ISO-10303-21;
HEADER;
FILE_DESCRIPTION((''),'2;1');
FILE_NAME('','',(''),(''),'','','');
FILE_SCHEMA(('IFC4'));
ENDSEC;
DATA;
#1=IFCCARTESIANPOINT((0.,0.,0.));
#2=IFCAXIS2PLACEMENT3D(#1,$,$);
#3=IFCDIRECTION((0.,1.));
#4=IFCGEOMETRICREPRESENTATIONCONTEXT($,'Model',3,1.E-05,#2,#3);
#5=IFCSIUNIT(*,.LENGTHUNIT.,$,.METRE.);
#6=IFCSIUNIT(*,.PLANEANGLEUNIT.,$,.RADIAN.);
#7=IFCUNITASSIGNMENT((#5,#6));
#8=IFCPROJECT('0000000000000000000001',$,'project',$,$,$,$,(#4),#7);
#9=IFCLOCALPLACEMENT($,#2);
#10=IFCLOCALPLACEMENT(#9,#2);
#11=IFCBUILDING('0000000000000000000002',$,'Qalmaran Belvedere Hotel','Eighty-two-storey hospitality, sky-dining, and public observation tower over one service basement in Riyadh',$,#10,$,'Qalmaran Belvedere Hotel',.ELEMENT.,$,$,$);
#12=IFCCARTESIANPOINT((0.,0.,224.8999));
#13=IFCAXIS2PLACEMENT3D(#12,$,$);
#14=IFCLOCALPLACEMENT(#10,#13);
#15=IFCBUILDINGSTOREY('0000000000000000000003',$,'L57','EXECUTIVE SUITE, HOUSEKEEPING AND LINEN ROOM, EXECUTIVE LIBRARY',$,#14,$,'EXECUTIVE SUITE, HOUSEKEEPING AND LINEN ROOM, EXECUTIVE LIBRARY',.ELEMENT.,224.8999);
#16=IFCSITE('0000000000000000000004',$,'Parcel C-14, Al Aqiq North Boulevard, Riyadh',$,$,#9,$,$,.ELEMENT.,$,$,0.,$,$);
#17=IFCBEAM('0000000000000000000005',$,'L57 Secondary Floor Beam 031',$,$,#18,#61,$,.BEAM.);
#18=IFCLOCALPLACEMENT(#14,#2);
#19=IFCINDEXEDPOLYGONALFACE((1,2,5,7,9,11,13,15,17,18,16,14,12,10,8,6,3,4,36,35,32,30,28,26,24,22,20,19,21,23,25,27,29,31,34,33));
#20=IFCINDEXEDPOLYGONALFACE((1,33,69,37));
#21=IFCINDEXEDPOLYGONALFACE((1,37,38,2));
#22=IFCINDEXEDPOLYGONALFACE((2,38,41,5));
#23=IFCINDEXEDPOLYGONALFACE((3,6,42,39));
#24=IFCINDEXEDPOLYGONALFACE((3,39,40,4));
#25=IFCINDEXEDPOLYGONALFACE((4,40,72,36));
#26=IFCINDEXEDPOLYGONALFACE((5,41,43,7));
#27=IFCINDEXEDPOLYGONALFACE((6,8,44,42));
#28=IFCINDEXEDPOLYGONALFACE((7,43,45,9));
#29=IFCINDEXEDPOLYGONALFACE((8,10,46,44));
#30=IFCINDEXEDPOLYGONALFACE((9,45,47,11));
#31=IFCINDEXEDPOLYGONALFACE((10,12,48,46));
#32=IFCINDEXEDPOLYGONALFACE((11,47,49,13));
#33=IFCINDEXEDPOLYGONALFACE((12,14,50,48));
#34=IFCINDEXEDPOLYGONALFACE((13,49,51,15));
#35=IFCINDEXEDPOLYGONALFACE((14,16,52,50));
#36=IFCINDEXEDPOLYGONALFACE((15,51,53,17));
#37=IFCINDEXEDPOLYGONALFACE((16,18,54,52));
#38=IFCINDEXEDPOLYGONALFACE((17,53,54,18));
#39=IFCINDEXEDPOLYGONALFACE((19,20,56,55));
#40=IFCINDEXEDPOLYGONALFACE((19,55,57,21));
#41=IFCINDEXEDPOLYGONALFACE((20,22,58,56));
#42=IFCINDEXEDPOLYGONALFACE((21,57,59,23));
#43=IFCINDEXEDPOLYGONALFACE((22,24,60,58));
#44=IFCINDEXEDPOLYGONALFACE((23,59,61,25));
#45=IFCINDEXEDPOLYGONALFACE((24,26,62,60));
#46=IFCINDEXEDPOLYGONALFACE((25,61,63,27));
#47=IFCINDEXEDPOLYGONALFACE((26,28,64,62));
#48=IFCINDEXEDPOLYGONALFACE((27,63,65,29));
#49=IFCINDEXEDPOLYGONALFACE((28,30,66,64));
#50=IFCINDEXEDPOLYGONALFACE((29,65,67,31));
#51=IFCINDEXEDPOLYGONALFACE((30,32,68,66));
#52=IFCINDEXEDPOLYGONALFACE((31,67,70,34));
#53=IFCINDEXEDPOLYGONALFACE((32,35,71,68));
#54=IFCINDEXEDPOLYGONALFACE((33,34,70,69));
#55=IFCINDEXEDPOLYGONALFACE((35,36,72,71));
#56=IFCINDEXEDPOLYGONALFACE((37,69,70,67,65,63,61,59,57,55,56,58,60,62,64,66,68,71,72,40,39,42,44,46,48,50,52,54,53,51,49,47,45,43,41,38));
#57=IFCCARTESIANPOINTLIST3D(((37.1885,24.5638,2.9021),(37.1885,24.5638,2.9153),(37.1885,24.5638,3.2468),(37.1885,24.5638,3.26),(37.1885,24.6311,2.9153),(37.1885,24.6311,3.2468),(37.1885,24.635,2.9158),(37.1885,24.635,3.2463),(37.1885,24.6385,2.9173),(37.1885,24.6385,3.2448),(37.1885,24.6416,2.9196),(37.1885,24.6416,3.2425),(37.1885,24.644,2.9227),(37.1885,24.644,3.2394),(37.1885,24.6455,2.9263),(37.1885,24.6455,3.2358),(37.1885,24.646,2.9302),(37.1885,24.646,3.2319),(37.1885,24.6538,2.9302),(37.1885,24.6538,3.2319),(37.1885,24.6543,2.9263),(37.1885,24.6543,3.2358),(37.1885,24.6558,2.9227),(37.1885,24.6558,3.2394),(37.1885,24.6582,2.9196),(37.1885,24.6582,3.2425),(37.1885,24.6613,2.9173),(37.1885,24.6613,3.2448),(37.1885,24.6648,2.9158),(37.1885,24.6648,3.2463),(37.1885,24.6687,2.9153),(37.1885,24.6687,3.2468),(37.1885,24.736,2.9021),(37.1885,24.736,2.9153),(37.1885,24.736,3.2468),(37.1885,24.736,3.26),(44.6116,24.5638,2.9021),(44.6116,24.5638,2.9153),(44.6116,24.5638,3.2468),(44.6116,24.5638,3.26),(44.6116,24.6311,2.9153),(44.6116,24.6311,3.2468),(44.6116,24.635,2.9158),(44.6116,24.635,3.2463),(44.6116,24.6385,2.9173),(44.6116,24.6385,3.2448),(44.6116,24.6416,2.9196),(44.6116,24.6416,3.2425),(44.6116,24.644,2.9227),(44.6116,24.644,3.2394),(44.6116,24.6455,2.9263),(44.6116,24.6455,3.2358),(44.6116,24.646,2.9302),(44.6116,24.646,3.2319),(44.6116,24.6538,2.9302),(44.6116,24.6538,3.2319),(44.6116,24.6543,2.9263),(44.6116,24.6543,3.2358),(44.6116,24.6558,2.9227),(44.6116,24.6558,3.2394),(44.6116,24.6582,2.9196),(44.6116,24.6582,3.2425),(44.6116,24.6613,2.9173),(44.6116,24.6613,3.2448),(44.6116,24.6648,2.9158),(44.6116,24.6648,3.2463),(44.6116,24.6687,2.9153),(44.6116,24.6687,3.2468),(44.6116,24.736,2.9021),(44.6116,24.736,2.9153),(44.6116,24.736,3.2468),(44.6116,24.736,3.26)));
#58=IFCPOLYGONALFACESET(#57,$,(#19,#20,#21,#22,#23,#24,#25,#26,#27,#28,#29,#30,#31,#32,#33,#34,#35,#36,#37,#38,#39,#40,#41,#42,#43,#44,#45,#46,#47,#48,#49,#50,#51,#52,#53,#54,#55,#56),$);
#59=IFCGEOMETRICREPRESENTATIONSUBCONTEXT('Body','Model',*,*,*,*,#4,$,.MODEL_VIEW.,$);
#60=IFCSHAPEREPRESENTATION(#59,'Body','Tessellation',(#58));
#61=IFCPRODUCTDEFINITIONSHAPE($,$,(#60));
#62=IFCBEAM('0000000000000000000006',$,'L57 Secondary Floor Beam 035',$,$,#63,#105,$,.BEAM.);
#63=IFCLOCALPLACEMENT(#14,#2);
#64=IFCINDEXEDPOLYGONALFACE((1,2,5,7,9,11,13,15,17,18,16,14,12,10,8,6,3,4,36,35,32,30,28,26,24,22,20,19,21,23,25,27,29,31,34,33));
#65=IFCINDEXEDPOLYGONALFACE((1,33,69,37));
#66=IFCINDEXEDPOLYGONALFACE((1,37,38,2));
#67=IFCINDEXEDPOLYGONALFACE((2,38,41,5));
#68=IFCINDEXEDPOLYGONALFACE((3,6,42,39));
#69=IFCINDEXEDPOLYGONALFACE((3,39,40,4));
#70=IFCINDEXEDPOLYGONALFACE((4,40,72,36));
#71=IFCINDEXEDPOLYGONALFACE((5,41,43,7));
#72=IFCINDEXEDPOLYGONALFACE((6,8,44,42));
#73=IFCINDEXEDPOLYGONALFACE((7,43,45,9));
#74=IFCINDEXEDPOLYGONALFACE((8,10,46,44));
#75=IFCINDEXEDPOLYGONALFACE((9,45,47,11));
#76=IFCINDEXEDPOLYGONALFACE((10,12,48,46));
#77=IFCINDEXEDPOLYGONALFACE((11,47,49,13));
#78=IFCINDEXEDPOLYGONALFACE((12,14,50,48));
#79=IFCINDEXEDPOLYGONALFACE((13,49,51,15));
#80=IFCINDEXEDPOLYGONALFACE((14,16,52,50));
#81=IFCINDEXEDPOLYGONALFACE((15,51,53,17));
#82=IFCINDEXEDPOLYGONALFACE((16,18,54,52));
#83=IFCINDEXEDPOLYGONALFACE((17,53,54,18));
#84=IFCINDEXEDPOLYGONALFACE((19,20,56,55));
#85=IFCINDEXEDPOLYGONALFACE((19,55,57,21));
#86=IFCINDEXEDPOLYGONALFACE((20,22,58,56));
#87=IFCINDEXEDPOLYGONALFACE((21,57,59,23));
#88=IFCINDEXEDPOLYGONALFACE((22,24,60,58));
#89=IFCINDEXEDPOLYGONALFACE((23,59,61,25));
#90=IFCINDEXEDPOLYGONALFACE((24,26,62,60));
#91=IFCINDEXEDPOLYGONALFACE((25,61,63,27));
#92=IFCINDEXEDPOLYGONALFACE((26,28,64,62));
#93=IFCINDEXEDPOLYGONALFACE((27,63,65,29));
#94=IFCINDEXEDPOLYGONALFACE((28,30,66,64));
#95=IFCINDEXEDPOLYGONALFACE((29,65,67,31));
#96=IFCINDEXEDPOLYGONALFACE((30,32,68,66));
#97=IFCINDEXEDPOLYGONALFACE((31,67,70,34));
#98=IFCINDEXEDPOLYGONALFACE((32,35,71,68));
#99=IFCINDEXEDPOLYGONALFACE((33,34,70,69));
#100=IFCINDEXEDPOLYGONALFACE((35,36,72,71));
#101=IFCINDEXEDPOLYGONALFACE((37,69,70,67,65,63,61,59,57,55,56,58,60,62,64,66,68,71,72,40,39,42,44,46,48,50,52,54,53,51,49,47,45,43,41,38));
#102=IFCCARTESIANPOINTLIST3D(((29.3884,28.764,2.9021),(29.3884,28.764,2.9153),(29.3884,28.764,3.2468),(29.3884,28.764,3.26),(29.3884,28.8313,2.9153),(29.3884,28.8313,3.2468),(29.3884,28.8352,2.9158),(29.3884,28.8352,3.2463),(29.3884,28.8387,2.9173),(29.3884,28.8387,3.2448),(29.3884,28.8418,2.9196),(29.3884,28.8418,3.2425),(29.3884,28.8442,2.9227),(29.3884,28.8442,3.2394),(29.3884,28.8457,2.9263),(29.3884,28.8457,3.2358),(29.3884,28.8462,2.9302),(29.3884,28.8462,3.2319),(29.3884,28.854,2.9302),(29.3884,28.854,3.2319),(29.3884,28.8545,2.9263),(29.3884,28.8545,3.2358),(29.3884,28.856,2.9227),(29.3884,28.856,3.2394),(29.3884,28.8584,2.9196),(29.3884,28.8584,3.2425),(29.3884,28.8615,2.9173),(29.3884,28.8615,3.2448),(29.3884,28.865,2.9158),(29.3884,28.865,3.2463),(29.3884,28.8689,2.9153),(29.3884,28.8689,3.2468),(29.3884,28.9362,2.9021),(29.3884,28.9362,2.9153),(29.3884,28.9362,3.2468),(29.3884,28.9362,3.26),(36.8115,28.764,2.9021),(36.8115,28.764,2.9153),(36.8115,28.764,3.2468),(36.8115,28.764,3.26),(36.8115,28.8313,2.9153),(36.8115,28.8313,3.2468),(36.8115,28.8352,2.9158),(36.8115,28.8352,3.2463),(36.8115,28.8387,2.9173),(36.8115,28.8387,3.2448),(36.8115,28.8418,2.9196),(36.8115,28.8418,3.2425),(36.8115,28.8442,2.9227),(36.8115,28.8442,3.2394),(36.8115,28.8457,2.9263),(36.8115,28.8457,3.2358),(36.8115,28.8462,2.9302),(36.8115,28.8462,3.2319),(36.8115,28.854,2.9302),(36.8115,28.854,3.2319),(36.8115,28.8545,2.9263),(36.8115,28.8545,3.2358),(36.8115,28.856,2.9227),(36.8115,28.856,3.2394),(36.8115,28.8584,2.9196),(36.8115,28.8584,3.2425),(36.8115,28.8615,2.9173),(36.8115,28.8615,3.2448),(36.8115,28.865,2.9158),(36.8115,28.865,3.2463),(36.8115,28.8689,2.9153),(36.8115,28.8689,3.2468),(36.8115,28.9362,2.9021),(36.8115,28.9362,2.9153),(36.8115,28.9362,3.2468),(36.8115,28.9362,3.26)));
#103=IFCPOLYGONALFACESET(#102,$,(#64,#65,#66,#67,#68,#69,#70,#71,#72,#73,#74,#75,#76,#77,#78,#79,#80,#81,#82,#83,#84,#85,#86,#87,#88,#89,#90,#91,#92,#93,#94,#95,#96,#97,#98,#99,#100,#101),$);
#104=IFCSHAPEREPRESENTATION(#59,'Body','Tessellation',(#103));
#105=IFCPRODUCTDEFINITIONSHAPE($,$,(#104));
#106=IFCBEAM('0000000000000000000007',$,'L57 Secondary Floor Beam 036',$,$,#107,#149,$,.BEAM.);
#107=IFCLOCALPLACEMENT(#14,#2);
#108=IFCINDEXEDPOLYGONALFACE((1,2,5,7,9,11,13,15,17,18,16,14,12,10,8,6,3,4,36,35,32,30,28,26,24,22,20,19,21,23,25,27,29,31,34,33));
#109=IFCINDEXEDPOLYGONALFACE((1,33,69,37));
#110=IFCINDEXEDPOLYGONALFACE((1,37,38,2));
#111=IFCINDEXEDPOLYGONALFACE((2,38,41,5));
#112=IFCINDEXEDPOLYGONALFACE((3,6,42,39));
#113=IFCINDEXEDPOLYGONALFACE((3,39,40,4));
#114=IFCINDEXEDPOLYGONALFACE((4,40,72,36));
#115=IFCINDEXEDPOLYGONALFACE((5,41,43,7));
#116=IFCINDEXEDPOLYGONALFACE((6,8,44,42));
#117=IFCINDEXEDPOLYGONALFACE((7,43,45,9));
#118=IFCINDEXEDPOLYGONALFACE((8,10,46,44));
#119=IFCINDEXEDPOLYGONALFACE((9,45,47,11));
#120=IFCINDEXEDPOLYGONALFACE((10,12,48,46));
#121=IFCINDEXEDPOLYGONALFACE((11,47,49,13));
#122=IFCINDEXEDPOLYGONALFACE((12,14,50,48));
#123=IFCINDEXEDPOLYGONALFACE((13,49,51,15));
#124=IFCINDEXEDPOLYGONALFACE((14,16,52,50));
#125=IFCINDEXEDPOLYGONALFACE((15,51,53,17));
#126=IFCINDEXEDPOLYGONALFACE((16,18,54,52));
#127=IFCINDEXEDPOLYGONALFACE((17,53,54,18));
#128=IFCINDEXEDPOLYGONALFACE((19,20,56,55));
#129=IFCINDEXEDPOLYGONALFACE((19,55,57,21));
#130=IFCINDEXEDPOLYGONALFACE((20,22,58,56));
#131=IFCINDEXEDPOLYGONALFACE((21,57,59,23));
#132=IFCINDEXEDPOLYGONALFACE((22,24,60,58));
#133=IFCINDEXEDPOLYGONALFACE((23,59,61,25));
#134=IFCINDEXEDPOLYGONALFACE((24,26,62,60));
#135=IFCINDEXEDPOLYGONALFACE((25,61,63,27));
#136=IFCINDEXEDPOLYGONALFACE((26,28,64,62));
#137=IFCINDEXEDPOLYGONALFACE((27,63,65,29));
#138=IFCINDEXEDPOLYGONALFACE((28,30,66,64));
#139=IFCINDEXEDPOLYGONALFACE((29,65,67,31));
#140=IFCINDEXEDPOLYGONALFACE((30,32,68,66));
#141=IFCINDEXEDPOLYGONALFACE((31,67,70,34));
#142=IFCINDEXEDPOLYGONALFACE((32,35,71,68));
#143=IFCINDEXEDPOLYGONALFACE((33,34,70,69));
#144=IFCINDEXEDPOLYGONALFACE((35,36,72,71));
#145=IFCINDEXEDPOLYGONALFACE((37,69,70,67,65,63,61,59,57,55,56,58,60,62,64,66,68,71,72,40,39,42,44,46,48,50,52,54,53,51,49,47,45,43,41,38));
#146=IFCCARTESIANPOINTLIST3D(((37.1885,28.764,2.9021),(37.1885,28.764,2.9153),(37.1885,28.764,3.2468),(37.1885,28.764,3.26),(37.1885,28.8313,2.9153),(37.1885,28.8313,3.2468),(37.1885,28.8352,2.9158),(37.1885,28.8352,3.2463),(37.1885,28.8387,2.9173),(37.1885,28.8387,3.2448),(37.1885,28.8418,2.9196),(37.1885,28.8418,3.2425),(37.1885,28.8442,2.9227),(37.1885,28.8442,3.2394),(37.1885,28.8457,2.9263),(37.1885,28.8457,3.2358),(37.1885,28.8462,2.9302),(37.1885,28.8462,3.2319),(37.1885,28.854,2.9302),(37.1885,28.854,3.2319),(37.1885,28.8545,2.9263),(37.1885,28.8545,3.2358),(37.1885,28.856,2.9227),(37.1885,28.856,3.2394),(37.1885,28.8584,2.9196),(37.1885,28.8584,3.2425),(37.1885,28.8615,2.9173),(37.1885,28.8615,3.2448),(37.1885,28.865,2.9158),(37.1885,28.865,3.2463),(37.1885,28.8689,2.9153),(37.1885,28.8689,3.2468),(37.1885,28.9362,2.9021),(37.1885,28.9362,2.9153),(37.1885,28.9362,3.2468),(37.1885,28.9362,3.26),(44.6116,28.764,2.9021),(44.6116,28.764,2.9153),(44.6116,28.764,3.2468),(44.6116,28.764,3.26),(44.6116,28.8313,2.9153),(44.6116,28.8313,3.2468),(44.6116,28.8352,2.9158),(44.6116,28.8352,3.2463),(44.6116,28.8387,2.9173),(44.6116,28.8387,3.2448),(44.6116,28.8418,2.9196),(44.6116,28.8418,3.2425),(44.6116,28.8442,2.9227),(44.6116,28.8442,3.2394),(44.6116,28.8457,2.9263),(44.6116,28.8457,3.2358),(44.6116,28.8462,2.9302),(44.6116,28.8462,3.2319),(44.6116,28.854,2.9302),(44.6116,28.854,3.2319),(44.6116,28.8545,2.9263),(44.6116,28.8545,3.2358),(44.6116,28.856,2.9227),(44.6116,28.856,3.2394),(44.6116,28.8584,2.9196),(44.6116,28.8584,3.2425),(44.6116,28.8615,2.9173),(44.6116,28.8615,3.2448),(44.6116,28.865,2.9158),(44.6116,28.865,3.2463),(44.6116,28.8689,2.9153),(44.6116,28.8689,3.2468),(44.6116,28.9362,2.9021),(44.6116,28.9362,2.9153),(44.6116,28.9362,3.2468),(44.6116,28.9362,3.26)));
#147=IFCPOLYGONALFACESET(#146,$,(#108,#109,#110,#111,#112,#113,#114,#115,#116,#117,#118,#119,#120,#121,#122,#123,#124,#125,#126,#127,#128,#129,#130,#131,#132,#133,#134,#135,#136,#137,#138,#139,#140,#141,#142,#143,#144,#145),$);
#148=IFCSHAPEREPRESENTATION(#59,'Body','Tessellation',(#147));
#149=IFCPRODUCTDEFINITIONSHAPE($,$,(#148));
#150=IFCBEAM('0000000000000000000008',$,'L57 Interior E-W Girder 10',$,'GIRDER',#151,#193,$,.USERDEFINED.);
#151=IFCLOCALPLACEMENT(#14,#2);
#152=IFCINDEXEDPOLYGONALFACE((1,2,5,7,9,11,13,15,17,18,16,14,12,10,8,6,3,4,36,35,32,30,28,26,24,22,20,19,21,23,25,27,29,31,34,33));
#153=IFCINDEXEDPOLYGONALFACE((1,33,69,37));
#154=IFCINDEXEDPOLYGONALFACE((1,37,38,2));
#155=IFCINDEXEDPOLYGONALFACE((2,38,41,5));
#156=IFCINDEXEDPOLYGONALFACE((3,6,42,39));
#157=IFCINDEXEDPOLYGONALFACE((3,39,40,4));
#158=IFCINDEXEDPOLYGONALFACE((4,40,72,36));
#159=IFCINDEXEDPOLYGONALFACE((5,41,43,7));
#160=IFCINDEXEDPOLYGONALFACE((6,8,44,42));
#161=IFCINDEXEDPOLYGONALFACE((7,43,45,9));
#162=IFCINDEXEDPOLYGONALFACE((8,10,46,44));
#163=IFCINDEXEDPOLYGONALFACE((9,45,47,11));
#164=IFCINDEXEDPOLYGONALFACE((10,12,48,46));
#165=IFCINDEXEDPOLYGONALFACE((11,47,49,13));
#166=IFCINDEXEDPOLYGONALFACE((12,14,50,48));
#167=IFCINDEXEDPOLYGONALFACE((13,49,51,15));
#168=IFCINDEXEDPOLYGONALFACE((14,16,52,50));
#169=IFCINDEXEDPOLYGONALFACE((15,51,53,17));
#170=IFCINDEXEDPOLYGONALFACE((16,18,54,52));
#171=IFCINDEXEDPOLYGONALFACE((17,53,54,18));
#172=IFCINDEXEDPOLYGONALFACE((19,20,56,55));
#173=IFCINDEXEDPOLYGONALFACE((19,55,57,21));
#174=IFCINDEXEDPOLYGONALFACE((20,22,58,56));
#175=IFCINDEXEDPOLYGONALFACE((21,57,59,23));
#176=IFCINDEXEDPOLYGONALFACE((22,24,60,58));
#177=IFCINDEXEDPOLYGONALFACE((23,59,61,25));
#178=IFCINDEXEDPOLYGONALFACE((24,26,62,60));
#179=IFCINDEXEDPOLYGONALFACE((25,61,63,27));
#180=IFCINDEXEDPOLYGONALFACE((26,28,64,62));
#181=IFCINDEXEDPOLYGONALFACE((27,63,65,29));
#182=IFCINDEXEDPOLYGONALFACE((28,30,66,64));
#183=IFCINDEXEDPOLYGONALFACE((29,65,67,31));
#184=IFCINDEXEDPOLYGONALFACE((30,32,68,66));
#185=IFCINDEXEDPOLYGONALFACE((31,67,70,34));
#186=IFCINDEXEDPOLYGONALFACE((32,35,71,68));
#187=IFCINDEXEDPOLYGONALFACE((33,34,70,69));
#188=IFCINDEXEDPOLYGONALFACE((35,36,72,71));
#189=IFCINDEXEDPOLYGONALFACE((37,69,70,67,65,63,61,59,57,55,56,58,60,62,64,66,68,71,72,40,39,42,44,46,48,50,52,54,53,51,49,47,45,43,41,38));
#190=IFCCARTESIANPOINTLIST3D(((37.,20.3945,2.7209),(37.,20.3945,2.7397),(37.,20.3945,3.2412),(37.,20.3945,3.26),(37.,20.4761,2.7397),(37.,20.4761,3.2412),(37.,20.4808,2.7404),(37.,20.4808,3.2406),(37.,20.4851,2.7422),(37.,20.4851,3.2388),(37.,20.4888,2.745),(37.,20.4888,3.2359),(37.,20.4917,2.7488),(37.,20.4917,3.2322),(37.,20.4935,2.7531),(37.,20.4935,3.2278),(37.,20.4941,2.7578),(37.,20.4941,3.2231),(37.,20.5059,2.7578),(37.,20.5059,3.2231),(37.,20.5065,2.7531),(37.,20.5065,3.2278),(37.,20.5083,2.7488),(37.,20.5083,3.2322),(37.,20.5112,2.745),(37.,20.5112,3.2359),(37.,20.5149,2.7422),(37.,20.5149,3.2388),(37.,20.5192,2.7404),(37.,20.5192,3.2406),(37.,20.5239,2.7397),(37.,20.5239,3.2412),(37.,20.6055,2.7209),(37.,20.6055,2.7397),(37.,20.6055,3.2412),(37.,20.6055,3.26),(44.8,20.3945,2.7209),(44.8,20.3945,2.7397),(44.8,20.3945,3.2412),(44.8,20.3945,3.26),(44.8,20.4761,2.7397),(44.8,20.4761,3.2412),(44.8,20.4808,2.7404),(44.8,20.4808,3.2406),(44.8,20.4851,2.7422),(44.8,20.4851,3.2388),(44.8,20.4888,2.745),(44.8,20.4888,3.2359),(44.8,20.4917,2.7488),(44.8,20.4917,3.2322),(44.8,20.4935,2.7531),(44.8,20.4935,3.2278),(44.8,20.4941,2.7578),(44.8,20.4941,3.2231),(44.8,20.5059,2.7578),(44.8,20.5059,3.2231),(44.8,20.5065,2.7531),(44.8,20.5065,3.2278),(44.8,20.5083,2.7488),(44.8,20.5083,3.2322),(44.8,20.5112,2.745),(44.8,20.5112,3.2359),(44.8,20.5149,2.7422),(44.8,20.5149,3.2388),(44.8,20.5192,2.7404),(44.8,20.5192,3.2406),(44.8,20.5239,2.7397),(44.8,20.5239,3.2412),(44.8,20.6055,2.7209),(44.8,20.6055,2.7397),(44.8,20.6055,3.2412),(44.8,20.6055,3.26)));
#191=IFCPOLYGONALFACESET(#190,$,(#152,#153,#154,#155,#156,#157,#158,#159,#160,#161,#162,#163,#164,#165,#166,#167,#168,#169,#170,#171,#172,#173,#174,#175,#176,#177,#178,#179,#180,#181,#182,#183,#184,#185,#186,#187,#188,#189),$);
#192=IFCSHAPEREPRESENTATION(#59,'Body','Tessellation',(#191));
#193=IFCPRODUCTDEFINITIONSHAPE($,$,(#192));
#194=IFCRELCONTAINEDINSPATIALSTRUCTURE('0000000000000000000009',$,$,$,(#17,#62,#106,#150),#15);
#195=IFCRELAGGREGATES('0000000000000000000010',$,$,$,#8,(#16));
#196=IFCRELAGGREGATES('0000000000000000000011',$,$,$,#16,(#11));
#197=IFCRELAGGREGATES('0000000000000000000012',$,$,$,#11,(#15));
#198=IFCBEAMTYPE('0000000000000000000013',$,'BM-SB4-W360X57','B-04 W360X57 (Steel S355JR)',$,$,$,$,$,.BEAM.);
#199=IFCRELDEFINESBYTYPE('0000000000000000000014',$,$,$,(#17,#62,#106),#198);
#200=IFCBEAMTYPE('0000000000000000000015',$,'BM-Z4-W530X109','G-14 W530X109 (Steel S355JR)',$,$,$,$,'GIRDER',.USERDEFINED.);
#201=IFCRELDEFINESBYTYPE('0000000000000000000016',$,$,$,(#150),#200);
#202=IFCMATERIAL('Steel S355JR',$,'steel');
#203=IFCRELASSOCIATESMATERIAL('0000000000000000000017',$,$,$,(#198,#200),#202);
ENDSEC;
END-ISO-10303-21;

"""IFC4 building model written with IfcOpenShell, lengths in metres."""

from ifc_helpers import new_model, si_unit, direction, frame, origin, origin_2d, place, context, subcontext, project, spatial, i_section, extrude, material, material_profile, profile_set, type_object, element, save


model = new_model("IFC4")

# Units and contexts
model_context = context("Model", 3, precision=1e-05, world=origin(), true_north=direction((0.0, 1.0)))
body_context = subcontext(model_context, "Body", "Model", "MODEL_VIEW")
ifc_project = project(units=[si_unit("LENGTHUNIT", "METRE"), si_unit("PLANEANGLEUNIT", "RADIAN")], contexts=[model_context])

# Site, building, storey
site_placement = place(None, origin())
site = spatial("IfcSite", under=ifc_project, at=site_placement, Name="Parcel C-14, Al Aqiq North Boulevard, Riyadh", CompositionType="ELEMENT", RefElevation=0.0)
building_placement = place(site_placement, origin())
building = spatial("IfcBuilding", under=site, at=building_placement, Name="Qalmaran Belvedere Hotel", Description="Eighty-two-storey hospitality, sky-dining, and public observation tower over one service basement in Riyadh", LongName="Qalmaran Belvedere Hotel", CompositionType="ELEMENT")
storey_placement = place(building_placement, frame((0.0, 0.0, 224.8999)))
storey = spatial("IfcBuildingStorey", under=building, at=storey_placement, Name="L57", Description="EXECUTIVE SUITE, HOUSEKEEPING AND LINEN ROOM, EXECUTIVE LIBRARY", LongName="EXECUTIVE SUITE, HOUSEKEEPING AND LINEN ROOM, EXECUTIVE LIBRARY", CompositionType="ELEMENT", Elevation=224.8999)

# Beams
ifc_material_1 = material(Name="Steel S355JR", Category="steel")
ifc_material_profile_1 = material_profile(ifc_material_1, i_section(OverallWidth=0.1721, OverallDepth=0.3579, WebThickness=0.0078, FlangeThickness=0.0132, FilletRadius=0.0149, at=origin_2d()), Name="W360X57")
ifc_profile_set_1 = profile_set([ifc_material_profile_1], Name="Steel S355JR")
beam_type_1 = type_object("IfcBeamType", Name="BM-SB4-W360X57", Description="B-04 W360X57 (Steel S355JR)", PredefinedType="BEAM", material=ifc_profile_set_1)
for number, where, z_axis, x_axis, name in (
    (1, (37.1885, 24.6499, 3.0811), (1.0, 0.0, 0.0), (0.0, 1.0, 0.0), "L57 Secondary Floor Beam 031"),
    (2, (29.3884, 28.8501, 3.0811), (1.0, 0.0, 0.0), (0.0, 1.0, 0.0), "L57 Secondary Floor Beam 035"),
    (3, (37.1885, 28.8501, 3.0811), (1.0, 0.0, 0.0), (0.0, 1.0, 0.0), "L57 Secondary Floor Beam 036"),
):
    element("IfcBeam", number, at=place(storey_placement, frame(where, z_axis=z_axis, x_axis=x_axis)), inside=storey, type_object=beam_type_1, Name=name, PredefinedType="BEAM", context=body_context, shape_type="SweptSolid", body=[
        extrude(i_section(OverallWidth=0.1721, OverallDepth=0.3579, WebThickness=0.0078, FlangeThickness=0.0132, FilletRadius=0.0149, at=origin_2d()), origin(), (0.0, 0.0, 1.0), 7.4231),
    ])
ifc_material_profile_2 = material_profile(ifc_material_1, i_section(OverallWidth=0.2109, OverallDepth=0.5391, WebThickness=0.0117, FlangeThickness=0.0188, FilletRadius=0.0181, at=origin_2d()), Name="W530X109")
ifc_profile_set_2 = profile_set([ifc_material_profile_2], Name="Steel S355JR")
beam_type_2 = type_object("IfcBeamType", Name="BM-Z4-W530X109", Description="G-14 W530X109 (Steel S355JR)", ElementType="GIRDER", PredefinedType="USERDEFINED", material=ifc_profile_set_2)
for number, where, z_axis, x_axis, name in (
    (4, (37.0, 20.5, 2.9905), (1.0, 0.0, 0.0), (0.0, 1.0, 0.0), "L57 Interior E-W Girder 10"),
):
    element("IfcBeam", number, at=place(storey_placement, frame(where, z_axis=z_axis, x_axis=x_axis)), inside=storey, type_object=beam_type_2, Name=name, ObjectType="GIRDER", PredefinedType="USERDEFINED", context=body_context, shape_type="SweptSolid", body=[
        extrude(i_section(OverallWidth=0.2109, OverallDepth=0.5391, WebThickness=0.0117, FlangeThickness=0.0188, FilletRadius=0.0181, at=origin_2d()), origin(), (0.0, 0.0, 1.0), 7.8),
    ])

save(model, "model.ifc")
